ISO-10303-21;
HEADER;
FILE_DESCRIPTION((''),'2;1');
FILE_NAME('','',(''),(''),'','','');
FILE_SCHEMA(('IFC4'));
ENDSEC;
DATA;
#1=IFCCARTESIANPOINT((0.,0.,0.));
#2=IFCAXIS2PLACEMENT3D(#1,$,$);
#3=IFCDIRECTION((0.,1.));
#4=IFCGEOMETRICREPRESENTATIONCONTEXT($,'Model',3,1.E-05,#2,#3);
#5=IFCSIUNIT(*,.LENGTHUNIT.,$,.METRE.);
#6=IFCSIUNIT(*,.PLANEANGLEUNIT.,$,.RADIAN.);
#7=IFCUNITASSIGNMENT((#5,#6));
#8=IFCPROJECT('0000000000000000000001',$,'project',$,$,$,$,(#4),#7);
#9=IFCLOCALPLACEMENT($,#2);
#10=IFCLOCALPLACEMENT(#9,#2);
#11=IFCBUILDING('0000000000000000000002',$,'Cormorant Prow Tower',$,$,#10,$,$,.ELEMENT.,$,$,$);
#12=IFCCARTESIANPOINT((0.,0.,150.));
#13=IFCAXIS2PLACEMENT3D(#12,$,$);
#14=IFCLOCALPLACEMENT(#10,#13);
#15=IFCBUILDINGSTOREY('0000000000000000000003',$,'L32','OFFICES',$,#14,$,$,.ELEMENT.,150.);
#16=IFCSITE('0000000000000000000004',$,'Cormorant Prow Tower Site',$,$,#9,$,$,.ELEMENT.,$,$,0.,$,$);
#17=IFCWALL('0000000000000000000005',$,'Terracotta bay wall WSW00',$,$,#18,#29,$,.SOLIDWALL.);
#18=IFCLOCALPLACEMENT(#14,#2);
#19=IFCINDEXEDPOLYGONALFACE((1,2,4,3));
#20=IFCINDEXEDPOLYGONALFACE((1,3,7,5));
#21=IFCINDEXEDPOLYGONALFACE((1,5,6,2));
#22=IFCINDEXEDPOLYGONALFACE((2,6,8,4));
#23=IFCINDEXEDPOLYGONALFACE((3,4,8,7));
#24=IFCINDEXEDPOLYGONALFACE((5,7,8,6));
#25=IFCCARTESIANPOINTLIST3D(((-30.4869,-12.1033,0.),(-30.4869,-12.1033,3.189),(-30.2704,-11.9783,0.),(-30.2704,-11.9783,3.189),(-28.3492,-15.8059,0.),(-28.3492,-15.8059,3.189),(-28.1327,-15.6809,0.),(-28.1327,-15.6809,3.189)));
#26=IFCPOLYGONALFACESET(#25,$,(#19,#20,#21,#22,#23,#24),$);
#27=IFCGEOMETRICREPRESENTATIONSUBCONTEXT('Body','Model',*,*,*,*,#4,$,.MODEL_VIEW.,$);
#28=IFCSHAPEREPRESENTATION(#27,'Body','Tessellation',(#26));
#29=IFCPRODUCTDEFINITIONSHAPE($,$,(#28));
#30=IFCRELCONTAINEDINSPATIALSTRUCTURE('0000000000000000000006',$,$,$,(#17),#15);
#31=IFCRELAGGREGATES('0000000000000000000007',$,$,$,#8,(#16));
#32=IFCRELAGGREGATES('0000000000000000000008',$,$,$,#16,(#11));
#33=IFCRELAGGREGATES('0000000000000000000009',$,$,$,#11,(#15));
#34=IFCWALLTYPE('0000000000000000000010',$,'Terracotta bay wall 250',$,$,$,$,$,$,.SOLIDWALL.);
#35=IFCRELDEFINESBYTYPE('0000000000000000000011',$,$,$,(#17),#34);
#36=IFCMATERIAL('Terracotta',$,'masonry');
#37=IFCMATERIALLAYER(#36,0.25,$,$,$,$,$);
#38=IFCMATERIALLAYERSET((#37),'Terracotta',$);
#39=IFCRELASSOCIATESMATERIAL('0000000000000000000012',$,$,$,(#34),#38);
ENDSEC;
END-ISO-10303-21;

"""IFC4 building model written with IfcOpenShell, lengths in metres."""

from ifc_helpers import new_model, si_unit, direction, frame, frame_2d, origin, place, context, subcontext, project, spatial, rectangle, extrude, material, layer, layer_set, type_object, element, save


model = new_model("IFC4")

# Units and contexts
model_context = context("Model", 3, precision=1e-05, world=origin(), true_north=direction((0.0, 1.0)))
body_context = subcontext(model_context, "Body", "Model", "MODEL_VIEW")
ifc_project = project(units=[si_unit("LENGTHUNIT", "METRE"), si_unit("PLANEANGLEUNIT", "RADIAN")], contexts=[model_context])

# Site, building, storey
site_placement = place(None, origin())
site = spatial("IfcSite", under=ifc_project, at=site_placement, Name="Cormorant Prow Tower Site", CompositionType="ELEMENT", RefElevation=0.0)
building_placement = place(site_placement, origin())
building = spatial("IfcBuilding", under=site, at=building_placement, Name="Cormorant Prow Tower", CompositionType="ELEMENT")
storey_placement = place(building_placement, frame((0.0, 0.0, 150.0)))
storey = spatial("IfcBuildingStorey", under=building, at=storey_placement, Name="L32", Description="OFFICES", CompositionType="ELEMENT", Elevation=150.0)

# Wall
ifc_material_1 = material(Name="Terracotta", Category="masonry")
ifc_layer_1 = layer(ifc_material_1, 0.25)
ifc_layer_set_1 = layer_set([ifc_layer_1], Name="Terracotta")
wall_type_1 = type_object("IfcWallType", Name="Terracotta bay wall 250", PredefinedType="SOLIDWALL", material=ifc_layer_set_1)
wall_1_placement = place(storey_placement, frame((-30.3787, -12.0408, 0.0), z_axis=(0.0, 0.0, 1.0), x_axis=(0.499996, -0.866028, 0.0)))
element("IfcWall", 1, at=wall_1_placement, inside=storey, type_object=wall_type_1, Name="Terracotta bay wall WSW00", PredefinedType="SOLIDWALL", context=body_context, shape_type="SweptSolid", body=[
    extrude(rectangle(XDim=4.2754, YDim=0.25, at=frame_2d((2.1377, 0.0))), origin(), (0.0, 0.0, 1.0), 3.189),
])

save(model, "model.ifc")
